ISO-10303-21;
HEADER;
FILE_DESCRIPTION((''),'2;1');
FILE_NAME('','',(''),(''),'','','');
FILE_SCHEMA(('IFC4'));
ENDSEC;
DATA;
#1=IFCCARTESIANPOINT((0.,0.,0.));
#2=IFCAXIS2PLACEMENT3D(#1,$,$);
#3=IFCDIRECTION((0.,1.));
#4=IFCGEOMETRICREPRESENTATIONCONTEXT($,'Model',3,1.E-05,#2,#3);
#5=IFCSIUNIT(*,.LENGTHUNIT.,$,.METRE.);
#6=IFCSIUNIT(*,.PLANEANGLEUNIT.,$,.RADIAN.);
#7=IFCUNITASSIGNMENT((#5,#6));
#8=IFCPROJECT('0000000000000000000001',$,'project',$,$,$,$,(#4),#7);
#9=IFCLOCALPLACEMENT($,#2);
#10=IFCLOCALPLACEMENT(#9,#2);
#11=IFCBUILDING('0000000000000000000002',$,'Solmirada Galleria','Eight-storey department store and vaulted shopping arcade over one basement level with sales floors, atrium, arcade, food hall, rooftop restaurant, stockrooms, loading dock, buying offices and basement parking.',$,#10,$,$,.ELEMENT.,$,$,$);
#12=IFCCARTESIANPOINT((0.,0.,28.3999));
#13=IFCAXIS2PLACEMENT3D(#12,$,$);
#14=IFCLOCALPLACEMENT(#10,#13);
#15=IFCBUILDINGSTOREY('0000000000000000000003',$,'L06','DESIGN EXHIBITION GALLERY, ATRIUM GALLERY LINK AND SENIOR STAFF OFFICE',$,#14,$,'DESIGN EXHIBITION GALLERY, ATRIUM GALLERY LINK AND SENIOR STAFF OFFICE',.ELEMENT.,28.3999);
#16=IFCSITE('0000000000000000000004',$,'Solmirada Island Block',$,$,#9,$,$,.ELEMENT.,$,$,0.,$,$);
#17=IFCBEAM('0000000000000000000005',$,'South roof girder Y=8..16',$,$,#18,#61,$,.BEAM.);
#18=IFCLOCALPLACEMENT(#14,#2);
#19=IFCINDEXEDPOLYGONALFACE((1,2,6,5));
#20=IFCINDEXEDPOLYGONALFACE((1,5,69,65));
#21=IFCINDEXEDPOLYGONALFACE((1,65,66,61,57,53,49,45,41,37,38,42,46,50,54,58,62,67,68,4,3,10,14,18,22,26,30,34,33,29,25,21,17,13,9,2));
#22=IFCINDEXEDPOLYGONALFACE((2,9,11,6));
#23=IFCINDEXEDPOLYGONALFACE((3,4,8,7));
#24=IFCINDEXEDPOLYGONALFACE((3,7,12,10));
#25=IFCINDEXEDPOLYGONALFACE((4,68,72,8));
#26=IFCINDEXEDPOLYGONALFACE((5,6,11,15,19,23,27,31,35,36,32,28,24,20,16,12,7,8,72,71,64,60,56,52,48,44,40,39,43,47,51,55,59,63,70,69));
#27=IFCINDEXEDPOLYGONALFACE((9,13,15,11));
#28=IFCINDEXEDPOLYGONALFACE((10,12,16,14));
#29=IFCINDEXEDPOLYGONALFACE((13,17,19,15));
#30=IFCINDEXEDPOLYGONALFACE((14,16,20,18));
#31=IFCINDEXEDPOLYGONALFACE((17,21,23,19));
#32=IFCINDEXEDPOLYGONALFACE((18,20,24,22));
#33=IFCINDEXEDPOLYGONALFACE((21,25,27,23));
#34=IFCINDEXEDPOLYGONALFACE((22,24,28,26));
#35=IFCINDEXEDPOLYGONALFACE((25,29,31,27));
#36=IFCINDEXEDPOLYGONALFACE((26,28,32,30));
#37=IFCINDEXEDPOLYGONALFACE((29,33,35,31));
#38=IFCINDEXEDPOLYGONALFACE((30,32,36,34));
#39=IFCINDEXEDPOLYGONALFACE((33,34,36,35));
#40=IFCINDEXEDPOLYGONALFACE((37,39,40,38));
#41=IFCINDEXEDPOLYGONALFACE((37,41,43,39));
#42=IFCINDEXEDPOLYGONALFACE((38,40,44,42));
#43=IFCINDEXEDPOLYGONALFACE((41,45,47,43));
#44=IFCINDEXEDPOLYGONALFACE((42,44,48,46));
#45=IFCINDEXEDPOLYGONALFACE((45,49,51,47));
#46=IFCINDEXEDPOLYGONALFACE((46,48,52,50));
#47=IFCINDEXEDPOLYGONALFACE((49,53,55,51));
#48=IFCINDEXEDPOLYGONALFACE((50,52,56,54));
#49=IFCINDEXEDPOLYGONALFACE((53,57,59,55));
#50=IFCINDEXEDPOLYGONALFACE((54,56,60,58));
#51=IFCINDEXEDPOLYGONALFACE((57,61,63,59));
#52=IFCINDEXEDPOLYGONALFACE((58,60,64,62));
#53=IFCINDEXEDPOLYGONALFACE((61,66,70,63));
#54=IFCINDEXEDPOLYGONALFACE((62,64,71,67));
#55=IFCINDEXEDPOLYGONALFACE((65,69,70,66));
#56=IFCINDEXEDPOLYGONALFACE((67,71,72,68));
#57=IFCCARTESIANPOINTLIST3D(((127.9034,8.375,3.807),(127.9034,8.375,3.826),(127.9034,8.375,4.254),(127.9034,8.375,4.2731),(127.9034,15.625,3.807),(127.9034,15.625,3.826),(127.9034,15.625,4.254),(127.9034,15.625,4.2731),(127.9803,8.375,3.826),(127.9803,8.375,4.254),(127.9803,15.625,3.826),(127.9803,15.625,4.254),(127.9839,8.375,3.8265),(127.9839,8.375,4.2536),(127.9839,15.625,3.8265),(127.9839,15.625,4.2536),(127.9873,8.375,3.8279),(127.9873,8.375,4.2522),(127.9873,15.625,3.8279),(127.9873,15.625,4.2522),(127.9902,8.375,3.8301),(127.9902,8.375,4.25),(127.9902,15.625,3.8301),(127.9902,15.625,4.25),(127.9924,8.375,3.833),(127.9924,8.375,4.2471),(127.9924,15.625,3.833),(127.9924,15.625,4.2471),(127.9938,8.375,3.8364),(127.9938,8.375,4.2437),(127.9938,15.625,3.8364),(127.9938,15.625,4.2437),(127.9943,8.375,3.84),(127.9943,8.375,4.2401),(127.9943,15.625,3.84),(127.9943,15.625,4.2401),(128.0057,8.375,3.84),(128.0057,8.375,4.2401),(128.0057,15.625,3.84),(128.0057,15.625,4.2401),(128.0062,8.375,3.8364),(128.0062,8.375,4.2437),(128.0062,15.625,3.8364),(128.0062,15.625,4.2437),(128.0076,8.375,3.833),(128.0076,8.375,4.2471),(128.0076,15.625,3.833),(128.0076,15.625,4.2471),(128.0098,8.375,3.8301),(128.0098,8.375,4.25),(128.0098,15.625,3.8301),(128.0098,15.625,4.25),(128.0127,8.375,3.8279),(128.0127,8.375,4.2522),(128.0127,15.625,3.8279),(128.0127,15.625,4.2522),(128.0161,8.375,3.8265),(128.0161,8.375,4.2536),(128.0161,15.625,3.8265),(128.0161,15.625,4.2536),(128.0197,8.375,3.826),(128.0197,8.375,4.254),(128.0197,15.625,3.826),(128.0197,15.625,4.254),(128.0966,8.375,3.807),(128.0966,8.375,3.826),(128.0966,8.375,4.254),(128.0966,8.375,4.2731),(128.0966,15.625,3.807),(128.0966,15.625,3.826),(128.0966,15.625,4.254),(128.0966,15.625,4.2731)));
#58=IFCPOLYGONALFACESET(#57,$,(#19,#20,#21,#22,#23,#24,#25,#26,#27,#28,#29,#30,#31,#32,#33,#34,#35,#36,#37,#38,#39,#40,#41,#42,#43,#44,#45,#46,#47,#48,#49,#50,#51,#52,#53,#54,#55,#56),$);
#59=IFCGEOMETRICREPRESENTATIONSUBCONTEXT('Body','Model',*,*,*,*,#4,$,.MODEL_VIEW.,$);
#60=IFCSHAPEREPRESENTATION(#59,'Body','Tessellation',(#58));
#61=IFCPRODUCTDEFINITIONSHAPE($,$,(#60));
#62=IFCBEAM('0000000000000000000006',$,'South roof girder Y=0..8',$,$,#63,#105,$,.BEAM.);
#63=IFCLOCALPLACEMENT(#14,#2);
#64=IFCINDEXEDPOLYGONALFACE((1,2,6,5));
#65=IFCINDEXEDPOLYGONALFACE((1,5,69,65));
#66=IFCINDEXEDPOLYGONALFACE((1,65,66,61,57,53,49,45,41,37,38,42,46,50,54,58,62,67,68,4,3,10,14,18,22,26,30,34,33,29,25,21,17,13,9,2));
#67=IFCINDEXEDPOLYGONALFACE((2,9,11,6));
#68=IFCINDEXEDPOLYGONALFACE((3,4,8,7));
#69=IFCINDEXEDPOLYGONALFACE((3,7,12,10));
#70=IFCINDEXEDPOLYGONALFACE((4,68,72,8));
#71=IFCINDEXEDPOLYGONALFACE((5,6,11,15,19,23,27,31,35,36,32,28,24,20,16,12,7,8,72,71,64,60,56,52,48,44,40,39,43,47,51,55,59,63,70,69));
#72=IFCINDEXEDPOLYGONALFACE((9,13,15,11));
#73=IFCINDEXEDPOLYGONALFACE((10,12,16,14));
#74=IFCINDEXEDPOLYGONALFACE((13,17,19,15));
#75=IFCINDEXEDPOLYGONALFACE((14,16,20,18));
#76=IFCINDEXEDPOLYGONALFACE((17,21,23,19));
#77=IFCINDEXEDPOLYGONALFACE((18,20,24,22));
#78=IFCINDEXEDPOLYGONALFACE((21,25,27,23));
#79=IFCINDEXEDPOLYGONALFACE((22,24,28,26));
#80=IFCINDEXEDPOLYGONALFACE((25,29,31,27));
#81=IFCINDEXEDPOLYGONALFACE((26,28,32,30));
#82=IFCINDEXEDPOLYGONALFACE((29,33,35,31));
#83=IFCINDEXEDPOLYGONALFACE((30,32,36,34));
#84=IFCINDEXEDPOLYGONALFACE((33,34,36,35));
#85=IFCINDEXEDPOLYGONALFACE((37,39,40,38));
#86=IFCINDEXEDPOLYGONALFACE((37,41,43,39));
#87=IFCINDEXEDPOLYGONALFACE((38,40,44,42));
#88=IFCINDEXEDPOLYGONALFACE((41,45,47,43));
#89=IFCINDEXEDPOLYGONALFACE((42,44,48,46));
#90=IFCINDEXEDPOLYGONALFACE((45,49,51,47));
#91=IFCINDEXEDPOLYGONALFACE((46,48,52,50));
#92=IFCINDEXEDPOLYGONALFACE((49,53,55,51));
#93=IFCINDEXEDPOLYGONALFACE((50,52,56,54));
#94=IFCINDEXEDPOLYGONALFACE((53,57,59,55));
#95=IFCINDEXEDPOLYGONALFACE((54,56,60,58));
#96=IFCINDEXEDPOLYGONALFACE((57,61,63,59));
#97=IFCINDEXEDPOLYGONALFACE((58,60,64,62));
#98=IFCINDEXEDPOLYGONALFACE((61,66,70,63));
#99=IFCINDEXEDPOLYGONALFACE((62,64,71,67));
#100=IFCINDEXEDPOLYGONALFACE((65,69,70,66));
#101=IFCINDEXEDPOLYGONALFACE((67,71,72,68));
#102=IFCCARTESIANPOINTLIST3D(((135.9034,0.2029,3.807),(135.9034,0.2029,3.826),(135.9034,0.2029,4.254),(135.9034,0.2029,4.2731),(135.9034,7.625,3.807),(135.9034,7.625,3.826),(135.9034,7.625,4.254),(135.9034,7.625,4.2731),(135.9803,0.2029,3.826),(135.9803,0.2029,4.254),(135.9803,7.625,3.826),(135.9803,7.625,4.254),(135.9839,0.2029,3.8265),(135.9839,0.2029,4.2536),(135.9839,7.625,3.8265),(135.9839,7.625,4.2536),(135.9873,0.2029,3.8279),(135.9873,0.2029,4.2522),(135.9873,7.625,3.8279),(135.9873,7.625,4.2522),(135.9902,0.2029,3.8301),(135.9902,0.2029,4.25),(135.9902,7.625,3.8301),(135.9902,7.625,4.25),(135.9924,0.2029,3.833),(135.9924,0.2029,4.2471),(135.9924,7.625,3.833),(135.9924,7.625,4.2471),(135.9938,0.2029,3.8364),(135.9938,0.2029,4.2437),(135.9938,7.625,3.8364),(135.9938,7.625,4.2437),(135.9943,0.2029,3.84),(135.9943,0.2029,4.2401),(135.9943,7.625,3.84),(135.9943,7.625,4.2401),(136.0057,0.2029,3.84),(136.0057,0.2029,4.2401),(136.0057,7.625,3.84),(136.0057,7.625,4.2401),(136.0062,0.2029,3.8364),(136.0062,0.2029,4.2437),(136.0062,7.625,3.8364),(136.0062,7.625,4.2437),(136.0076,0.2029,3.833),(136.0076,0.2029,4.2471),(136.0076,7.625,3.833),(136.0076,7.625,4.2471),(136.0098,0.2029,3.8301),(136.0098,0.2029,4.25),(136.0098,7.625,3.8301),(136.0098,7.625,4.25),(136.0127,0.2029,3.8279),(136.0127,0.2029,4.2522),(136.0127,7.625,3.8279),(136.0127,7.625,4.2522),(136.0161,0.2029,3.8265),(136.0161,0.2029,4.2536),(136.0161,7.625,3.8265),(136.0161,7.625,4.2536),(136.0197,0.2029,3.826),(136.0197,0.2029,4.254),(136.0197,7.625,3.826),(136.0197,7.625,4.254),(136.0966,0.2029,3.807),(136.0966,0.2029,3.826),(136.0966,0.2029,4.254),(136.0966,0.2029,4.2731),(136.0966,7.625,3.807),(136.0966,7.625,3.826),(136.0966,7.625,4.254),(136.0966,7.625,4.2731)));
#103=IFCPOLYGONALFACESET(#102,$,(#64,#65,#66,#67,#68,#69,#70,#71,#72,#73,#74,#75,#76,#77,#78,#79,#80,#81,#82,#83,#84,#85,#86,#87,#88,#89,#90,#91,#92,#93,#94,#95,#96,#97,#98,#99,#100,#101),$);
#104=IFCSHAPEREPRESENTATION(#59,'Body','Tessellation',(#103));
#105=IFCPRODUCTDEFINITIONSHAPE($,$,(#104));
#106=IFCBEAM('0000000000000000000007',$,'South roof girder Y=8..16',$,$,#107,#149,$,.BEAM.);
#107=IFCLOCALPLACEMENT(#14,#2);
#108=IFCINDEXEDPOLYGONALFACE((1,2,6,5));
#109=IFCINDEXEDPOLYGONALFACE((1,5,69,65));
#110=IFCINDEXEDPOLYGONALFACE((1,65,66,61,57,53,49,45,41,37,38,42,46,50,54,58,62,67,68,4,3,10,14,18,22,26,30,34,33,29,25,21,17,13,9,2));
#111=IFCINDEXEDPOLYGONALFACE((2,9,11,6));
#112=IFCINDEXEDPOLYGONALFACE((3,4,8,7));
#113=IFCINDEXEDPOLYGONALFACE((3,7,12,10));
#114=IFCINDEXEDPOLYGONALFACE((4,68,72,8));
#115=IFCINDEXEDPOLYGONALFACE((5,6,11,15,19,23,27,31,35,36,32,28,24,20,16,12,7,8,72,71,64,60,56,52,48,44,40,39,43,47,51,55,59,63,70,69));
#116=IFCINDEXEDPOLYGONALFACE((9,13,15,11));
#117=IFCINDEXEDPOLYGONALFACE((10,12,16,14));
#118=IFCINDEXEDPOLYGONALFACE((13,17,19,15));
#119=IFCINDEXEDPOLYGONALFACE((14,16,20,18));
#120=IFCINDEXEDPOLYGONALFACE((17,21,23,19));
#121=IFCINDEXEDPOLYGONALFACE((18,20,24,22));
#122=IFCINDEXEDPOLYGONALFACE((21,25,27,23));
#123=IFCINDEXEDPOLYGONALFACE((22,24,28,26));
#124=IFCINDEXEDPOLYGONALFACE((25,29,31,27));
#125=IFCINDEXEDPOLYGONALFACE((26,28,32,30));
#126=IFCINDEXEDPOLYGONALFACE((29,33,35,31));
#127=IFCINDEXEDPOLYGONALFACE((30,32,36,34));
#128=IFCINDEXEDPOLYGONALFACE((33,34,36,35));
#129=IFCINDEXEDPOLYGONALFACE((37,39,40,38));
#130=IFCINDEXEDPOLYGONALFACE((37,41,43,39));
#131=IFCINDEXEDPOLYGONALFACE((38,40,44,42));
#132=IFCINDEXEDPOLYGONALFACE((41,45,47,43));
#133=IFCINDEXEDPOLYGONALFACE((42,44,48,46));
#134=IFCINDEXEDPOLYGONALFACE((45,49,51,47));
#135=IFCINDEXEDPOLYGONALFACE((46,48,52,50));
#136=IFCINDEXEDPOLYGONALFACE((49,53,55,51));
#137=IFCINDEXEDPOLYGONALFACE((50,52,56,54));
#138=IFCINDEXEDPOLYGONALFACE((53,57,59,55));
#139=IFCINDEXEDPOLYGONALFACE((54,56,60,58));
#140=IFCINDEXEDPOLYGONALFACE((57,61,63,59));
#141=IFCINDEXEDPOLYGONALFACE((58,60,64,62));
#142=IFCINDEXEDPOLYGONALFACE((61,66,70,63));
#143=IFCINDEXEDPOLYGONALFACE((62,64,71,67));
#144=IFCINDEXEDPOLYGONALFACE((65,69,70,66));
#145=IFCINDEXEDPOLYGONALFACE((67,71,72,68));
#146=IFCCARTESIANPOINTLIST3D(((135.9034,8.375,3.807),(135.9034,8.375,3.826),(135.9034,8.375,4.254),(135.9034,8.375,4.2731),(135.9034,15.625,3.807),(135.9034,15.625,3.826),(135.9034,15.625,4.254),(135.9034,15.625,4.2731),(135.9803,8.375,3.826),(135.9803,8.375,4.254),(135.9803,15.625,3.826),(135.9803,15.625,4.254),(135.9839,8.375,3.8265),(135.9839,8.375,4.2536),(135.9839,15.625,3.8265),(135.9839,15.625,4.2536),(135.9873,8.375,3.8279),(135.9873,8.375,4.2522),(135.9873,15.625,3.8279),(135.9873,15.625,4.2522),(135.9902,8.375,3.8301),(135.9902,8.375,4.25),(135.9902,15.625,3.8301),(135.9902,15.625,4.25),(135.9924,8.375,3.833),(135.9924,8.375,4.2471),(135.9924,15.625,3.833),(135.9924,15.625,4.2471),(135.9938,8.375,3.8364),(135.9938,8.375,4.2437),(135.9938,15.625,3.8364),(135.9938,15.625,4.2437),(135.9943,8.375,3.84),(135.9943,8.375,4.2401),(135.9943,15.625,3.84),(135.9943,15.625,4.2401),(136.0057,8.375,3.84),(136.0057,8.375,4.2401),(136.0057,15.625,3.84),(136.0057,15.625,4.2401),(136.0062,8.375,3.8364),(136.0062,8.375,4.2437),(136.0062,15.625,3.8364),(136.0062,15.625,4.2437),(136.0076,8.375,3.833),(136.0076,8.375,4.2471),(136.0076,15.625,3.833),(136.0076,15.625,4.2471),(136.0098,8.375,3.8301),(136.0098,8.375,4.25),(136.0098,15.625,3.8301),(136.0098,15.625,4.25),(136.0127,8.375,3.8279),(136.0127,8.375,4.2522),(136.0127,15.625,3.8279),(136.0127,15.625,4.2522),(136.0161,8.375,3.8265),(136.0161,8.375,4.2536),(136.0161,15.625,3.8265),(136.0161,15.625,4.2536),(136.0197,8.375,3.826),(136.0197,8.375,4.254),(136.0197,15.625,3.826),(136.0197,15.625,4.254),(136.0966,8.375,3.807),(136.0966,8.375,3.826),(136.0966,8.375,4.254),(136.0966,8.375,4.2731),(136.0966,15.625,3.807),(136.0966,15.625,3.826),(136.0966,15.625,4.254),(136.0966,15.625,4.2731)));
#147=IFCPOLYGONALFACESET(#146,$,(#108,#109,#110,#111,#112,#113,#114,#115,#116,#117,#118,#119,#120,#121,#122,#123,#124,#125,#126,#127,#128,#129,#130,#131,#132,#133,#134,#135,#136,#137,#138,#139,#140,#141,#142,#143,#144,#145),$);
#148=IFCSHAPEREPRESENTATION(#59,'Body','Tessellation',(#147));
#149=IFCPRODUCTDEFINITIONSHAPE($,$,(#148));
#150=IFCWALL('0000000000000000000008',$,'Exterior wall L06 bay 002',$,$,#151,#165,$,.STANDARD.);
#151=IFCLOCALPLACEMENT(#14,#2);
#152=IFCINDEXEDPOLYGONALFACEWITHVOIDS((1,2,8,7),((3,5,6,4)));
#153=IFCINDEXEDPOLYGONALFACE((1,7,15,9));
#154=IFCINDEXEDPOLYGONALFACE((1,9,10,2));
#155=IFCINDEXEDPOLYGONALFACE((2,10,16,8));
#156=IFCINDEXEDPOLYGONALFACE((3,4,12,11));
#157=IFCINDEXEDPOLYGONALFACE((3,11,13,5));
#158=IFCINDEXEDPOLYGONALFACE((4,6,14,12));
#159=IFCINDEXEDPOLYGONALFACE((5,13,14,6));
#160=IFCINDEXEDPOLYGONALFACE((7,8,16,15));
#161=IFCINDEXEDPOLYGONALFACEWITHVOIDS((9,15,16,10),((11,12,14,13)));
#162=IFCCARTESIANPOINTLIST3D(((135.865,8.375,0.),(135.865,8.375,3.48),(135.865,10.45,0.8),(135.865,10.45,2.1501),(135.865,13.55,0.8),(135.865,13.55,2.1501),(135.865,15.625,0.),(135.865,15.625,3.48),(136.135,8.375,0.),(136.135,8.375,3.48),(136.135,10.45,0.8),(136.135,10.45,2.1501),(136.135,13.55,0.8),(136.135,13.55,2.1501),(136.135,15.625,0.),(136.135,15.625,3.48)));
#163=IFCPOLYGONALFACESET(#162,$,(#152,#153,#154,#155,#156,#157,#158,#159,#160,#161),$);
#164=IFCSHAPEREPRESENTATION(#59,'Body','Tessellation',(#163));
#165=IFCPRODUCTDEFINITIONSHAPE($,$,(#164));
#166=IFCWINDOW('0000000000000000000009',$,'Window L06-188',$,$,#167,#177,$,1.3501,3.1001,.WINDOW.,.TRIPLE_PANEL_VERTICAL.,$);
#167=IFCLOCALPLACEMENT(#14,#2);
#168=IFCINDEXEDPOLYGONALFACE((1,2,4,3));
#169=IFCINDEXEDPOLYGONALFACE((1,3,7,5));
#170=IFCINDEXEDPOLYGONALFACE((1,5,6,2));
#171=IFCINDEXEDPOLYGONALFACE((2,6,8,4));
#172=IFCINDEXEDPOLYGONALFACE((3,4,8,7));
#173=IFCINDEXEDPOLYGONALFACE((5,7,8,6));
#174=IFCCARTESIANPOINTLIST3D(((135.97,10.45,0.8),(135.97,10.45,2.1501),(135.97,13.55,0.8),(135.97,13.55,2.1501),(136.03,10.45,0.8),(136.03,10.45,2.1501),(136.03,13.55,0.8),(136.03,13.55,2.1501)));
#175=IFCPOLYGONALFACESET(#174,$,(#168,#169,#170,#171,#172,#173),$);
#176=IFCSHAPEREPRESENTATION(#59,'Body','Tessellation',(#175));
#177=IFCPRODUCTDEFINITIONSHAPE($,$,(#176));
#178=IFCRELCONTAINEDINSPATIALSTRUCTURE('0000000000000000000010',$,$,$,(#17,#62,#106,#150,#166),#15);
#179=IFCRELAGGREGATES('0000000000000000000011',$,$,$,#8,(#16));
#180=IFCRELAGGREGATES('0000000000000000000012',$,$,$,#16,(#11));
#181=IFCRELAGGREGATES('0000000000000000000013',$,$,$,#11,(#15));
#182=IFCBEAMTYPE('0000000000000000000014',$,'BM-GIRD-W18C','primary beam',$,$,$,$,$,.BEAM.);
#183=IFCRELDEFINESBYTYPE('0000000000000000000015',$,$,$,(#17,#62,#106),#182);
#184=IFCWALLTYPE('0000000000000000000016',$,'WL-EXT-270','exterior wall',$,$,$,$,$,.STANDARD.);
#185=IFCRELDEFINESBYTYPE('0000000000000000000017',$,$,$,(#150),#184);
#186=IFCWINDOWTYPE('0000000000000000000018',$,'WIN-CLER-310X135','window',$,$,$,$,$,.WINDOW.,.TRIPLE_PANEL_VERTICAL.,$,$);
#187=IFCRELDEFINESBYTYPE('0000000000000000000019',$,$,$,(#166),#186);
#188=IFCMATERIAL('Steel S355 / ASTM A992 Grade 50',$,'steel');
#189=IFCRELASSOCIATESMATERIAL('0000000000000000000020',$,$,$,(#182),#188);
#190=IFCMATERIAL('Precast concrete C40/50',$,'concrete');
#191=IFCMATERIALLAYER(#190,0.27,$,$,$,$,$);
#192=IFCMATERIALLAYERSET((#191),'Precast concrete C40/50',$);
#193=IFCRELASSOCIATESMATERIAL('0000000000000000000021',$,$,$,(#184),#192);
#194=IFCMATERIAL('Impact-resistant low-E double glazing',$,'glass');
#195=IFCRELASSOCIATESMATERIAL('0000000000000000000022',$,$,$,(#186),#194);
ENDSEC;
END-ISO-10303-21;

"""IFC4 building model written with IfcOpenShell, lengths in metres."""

from ifc_helpers import new_model, si_unit, direction, frame, frame_2d, origin, origin_2d, place, context, subcontext, project, spatial, rectangle, i_section, extrude, material, layer, layer_set, material_profile, profile_set, type_object, element, fill, save


model = new_model("IFC4")

# Units and contexts
model_context = context("Model", 3, precision=1e-05, world=origin(), true_north=direction((0.0, 1.0)))
body_context = subcontext(model_context, "Body", "Model", "MODEL_VIEW")
ifc_project = project(units=[si_unit("LENGTHUNIT", "METRE"), si_unit("PLANEANGLEUNIT", "RADIAN")], contexts=[model_context])

# Site, building, storey
site_placement = place(None, origin())
site = spatial("IfcSite", under=ifc_project, at=site_placement, Name="Solmirada Island Block", CompositionType="ELEMENT", RefElevation=0.0)
building_placement = place(site_placement, origin())
building = spatial("IfcBuilding", under=site, at=building_placement, Name="Solmirada Galleria", Description="Eight-storey department store and vaulted shopping arcade over one basement level with sales floors, atrium, arcade, food hall, rooftop restaurant, stockrooms, loading dock, buying offices and basement parking.", CompositionType="ELEMENT")
storey_placement = place(building_placement, frame((0.0, 0.0, 28.3999)))
storey = spatial("IfcBuildingStorey", under=building, at=storey_placement, Name="L06", Description="DESIGN EXHIBITION GALLERY, ATRIUM GALLERY LINK AND SENIOR STAFF OFFICE", LongName="DESIGN EXHIBITION GALLERY, ATRIUM GALLERY LINK AND SENIOR STAFF OFFICE", CompositionType="ELEMENT", Elevation=28.3999)

# Beams
ifc_material_1 = material(Name="Steel S355 / ASTM A992 Grade 50", Category="steel")
ifc_material_profile_1 = material_profile(ifc_material_1, i_section(OverallWidth=0.1931, OverallDepth=0.4661, WebThickness=0.0115, FlangeThickness=0.019, FilletRadius=0.0139, at=origin_2d()), Name="W18X65")
ifc_profile_set_1 = profile_set([ifc_material_profile_1], Name="Steel S355 / ASTM A992 Grade 50")
beam_type = type_object("IfcBeamType", Name="BM-GIRD-W18C", Description="primary beam", PredefinedType="BEAM", material=ifc_profile_set_1)
beam_1_placement = place(storey_placement, frame((128.0, 8.375, 4.04), z_axis=(0.0, 1.0, 0.0), x_axis=(-1.0, 0.0, 0.0)))
element("IfcBeam", 1, at=beam_1_placement, inside=storey, type_object=beam_type, Name="South roof girder Y=8..16", PredefinedType="BEAM", context=body_context, shape_type="SweptSolid", body=[
    extrude(i_section(OverallWidth=0.1931, OverallDepth=0.4661, WebThickness=0.0115, FlangeThickness=0.019, FilletRadius=0.0139, at=origin_2d()), origin(), (0.0, 0.0, 1.0), 7.25),
])
beam_2_placement = place(storey_placement, frame((136.0, 0.2029, 4.04), z_axis=(0.0, 1.0, 0.0), x_axis=(-1.0, 0.0, 0.0)))
element("IfcBeam", 2, at=beam_2_placement, inside=storey, type_object=beam_type, Name="South roof girder Y=0..8", PredefinedType="BEAM", context=body_context, shape_type="SweptSolid", body=[
    extrude(i_section(OverallWidth=0.1931, OverallDepth=0.4661, WebThickness=0.0115, FlangeThickness=0.019, FilletRadius=0.0139, at=origin_2d()), origin(), (0.0, 0.0, 1.0), 7.4221),
])
beam_3_placement = place(storey_placement, frame((136.0, 8.375, 4.04), z_axis=(0.0, 1.0, 0.0), x_axis=(-1.0, 0.0, 0.0)))
element("IfcBeam", 3, at=beam_3_placement, inside=storey, type_object=beam_type, Name="South roof girder Y=8..16", PredefinedType="BEAM", context=body_context, shape_type="SweptSolid", body=[
    extrude(i_section(OverallWidth=0.1931, OverallDepth=0.4661, WebThickness=0.0115, FlangeThickness=0.019, FilletRadius=0.0139, at=origin_2d()), origin(), (0.0, 0.0, 1.0), 7.25),
])

# Wall, opening, window
ifc_material_2 = material(Name="Precast concrete C40/50", Category="concrete")
ifc_layer_1 = layer(ifc_material_2, 0.27)
ifc_layer_set_1 = layer_set([ifc_layer_1], Name="Precast concrete C40/50")
wall_type = type_object("IfcWallType", Name="WL-EXT-270", Description="exterior wall", PredefinedType="STANDARD", material=ifc_layer_set_1)
wall_1_placement = place(storey_placement, frame((136.0, 15.625, 0.0), z_axis=(0.0, 0.0, 1.0), x_axis=(0.0, -1.0, 0.0)))
wall_1 = element("IfcWall", 4, at=wall_1_placement, inside=storey, type_object=wall_type, Name="Exterior wall L06 bay 002", PredefinedType="STANDARD", context=body_context, shape_type="SweptSolid", body=[
    extrude(rectangle(XDim=7.25, YDim=0.27, at=frame_2d((3.625, 0.0))), origin(), (0.0, 0.0, 1.0), 3.48),
])
opening_1_placement = place(wall_1_placement, frame((2.075, 0.0, 0.8)))
opening_1 = element("IfcOpeningElement", 5, at=opening_1_placement, cuts=wall_1, PredefinedType="OPENING", context=body_context, shape_type="SweptSolid", body=[
    extrude(rectangle(XDim=3.1001, YDim=1.3501, at=frame_2d((1.55, 0.675))), frame((0.0, 0.145, 0.0), z_axis=(0.0, -1.0, 0.0), x_axis=(1.0, 0.0, 0.0)), (0.0, 0.0, 1.0), 0.29),
])
ifc_material_3 = material(Name="Impact-resistant low-E double glazing", Category="glass")
window_type_1 = type_object("IfcWindowType", Name="WIN-CLER-310X135", Description="window", PartitioningType="TRIPLE_PANEL_VERTICAL", PredefinedType="WINDOW", material=ifc_material_3)
window_1_placement = place(opening_1_placement, origin())
window_1 = element("IfcWindow", 6, at=window_1_placement, inside=storey, type_object=window_type_1, Name="Window L06-188", OverallHeight=1.3501, OverallWidth=3.1001, PartitioningType="TRIPLE_PANEL_VERTICAL", PredefinedType="WINDOW", context=body_context, shape_type="SweptSolid", body=[
    extrude(rectangle(XDim=3.1001, YDim=1.3501, at=frame_2d((1.55, 0.675))), frame((0.0, 0.03, 0.0), z_axis=(0.0, -1.0, 0.0), x_axis=(1.0, 0.0, 0.0)), (0.0, 0.0, 1.0), 0.0601),
])
fill(opening_1, window_1)

save(model, "model.ifc")
